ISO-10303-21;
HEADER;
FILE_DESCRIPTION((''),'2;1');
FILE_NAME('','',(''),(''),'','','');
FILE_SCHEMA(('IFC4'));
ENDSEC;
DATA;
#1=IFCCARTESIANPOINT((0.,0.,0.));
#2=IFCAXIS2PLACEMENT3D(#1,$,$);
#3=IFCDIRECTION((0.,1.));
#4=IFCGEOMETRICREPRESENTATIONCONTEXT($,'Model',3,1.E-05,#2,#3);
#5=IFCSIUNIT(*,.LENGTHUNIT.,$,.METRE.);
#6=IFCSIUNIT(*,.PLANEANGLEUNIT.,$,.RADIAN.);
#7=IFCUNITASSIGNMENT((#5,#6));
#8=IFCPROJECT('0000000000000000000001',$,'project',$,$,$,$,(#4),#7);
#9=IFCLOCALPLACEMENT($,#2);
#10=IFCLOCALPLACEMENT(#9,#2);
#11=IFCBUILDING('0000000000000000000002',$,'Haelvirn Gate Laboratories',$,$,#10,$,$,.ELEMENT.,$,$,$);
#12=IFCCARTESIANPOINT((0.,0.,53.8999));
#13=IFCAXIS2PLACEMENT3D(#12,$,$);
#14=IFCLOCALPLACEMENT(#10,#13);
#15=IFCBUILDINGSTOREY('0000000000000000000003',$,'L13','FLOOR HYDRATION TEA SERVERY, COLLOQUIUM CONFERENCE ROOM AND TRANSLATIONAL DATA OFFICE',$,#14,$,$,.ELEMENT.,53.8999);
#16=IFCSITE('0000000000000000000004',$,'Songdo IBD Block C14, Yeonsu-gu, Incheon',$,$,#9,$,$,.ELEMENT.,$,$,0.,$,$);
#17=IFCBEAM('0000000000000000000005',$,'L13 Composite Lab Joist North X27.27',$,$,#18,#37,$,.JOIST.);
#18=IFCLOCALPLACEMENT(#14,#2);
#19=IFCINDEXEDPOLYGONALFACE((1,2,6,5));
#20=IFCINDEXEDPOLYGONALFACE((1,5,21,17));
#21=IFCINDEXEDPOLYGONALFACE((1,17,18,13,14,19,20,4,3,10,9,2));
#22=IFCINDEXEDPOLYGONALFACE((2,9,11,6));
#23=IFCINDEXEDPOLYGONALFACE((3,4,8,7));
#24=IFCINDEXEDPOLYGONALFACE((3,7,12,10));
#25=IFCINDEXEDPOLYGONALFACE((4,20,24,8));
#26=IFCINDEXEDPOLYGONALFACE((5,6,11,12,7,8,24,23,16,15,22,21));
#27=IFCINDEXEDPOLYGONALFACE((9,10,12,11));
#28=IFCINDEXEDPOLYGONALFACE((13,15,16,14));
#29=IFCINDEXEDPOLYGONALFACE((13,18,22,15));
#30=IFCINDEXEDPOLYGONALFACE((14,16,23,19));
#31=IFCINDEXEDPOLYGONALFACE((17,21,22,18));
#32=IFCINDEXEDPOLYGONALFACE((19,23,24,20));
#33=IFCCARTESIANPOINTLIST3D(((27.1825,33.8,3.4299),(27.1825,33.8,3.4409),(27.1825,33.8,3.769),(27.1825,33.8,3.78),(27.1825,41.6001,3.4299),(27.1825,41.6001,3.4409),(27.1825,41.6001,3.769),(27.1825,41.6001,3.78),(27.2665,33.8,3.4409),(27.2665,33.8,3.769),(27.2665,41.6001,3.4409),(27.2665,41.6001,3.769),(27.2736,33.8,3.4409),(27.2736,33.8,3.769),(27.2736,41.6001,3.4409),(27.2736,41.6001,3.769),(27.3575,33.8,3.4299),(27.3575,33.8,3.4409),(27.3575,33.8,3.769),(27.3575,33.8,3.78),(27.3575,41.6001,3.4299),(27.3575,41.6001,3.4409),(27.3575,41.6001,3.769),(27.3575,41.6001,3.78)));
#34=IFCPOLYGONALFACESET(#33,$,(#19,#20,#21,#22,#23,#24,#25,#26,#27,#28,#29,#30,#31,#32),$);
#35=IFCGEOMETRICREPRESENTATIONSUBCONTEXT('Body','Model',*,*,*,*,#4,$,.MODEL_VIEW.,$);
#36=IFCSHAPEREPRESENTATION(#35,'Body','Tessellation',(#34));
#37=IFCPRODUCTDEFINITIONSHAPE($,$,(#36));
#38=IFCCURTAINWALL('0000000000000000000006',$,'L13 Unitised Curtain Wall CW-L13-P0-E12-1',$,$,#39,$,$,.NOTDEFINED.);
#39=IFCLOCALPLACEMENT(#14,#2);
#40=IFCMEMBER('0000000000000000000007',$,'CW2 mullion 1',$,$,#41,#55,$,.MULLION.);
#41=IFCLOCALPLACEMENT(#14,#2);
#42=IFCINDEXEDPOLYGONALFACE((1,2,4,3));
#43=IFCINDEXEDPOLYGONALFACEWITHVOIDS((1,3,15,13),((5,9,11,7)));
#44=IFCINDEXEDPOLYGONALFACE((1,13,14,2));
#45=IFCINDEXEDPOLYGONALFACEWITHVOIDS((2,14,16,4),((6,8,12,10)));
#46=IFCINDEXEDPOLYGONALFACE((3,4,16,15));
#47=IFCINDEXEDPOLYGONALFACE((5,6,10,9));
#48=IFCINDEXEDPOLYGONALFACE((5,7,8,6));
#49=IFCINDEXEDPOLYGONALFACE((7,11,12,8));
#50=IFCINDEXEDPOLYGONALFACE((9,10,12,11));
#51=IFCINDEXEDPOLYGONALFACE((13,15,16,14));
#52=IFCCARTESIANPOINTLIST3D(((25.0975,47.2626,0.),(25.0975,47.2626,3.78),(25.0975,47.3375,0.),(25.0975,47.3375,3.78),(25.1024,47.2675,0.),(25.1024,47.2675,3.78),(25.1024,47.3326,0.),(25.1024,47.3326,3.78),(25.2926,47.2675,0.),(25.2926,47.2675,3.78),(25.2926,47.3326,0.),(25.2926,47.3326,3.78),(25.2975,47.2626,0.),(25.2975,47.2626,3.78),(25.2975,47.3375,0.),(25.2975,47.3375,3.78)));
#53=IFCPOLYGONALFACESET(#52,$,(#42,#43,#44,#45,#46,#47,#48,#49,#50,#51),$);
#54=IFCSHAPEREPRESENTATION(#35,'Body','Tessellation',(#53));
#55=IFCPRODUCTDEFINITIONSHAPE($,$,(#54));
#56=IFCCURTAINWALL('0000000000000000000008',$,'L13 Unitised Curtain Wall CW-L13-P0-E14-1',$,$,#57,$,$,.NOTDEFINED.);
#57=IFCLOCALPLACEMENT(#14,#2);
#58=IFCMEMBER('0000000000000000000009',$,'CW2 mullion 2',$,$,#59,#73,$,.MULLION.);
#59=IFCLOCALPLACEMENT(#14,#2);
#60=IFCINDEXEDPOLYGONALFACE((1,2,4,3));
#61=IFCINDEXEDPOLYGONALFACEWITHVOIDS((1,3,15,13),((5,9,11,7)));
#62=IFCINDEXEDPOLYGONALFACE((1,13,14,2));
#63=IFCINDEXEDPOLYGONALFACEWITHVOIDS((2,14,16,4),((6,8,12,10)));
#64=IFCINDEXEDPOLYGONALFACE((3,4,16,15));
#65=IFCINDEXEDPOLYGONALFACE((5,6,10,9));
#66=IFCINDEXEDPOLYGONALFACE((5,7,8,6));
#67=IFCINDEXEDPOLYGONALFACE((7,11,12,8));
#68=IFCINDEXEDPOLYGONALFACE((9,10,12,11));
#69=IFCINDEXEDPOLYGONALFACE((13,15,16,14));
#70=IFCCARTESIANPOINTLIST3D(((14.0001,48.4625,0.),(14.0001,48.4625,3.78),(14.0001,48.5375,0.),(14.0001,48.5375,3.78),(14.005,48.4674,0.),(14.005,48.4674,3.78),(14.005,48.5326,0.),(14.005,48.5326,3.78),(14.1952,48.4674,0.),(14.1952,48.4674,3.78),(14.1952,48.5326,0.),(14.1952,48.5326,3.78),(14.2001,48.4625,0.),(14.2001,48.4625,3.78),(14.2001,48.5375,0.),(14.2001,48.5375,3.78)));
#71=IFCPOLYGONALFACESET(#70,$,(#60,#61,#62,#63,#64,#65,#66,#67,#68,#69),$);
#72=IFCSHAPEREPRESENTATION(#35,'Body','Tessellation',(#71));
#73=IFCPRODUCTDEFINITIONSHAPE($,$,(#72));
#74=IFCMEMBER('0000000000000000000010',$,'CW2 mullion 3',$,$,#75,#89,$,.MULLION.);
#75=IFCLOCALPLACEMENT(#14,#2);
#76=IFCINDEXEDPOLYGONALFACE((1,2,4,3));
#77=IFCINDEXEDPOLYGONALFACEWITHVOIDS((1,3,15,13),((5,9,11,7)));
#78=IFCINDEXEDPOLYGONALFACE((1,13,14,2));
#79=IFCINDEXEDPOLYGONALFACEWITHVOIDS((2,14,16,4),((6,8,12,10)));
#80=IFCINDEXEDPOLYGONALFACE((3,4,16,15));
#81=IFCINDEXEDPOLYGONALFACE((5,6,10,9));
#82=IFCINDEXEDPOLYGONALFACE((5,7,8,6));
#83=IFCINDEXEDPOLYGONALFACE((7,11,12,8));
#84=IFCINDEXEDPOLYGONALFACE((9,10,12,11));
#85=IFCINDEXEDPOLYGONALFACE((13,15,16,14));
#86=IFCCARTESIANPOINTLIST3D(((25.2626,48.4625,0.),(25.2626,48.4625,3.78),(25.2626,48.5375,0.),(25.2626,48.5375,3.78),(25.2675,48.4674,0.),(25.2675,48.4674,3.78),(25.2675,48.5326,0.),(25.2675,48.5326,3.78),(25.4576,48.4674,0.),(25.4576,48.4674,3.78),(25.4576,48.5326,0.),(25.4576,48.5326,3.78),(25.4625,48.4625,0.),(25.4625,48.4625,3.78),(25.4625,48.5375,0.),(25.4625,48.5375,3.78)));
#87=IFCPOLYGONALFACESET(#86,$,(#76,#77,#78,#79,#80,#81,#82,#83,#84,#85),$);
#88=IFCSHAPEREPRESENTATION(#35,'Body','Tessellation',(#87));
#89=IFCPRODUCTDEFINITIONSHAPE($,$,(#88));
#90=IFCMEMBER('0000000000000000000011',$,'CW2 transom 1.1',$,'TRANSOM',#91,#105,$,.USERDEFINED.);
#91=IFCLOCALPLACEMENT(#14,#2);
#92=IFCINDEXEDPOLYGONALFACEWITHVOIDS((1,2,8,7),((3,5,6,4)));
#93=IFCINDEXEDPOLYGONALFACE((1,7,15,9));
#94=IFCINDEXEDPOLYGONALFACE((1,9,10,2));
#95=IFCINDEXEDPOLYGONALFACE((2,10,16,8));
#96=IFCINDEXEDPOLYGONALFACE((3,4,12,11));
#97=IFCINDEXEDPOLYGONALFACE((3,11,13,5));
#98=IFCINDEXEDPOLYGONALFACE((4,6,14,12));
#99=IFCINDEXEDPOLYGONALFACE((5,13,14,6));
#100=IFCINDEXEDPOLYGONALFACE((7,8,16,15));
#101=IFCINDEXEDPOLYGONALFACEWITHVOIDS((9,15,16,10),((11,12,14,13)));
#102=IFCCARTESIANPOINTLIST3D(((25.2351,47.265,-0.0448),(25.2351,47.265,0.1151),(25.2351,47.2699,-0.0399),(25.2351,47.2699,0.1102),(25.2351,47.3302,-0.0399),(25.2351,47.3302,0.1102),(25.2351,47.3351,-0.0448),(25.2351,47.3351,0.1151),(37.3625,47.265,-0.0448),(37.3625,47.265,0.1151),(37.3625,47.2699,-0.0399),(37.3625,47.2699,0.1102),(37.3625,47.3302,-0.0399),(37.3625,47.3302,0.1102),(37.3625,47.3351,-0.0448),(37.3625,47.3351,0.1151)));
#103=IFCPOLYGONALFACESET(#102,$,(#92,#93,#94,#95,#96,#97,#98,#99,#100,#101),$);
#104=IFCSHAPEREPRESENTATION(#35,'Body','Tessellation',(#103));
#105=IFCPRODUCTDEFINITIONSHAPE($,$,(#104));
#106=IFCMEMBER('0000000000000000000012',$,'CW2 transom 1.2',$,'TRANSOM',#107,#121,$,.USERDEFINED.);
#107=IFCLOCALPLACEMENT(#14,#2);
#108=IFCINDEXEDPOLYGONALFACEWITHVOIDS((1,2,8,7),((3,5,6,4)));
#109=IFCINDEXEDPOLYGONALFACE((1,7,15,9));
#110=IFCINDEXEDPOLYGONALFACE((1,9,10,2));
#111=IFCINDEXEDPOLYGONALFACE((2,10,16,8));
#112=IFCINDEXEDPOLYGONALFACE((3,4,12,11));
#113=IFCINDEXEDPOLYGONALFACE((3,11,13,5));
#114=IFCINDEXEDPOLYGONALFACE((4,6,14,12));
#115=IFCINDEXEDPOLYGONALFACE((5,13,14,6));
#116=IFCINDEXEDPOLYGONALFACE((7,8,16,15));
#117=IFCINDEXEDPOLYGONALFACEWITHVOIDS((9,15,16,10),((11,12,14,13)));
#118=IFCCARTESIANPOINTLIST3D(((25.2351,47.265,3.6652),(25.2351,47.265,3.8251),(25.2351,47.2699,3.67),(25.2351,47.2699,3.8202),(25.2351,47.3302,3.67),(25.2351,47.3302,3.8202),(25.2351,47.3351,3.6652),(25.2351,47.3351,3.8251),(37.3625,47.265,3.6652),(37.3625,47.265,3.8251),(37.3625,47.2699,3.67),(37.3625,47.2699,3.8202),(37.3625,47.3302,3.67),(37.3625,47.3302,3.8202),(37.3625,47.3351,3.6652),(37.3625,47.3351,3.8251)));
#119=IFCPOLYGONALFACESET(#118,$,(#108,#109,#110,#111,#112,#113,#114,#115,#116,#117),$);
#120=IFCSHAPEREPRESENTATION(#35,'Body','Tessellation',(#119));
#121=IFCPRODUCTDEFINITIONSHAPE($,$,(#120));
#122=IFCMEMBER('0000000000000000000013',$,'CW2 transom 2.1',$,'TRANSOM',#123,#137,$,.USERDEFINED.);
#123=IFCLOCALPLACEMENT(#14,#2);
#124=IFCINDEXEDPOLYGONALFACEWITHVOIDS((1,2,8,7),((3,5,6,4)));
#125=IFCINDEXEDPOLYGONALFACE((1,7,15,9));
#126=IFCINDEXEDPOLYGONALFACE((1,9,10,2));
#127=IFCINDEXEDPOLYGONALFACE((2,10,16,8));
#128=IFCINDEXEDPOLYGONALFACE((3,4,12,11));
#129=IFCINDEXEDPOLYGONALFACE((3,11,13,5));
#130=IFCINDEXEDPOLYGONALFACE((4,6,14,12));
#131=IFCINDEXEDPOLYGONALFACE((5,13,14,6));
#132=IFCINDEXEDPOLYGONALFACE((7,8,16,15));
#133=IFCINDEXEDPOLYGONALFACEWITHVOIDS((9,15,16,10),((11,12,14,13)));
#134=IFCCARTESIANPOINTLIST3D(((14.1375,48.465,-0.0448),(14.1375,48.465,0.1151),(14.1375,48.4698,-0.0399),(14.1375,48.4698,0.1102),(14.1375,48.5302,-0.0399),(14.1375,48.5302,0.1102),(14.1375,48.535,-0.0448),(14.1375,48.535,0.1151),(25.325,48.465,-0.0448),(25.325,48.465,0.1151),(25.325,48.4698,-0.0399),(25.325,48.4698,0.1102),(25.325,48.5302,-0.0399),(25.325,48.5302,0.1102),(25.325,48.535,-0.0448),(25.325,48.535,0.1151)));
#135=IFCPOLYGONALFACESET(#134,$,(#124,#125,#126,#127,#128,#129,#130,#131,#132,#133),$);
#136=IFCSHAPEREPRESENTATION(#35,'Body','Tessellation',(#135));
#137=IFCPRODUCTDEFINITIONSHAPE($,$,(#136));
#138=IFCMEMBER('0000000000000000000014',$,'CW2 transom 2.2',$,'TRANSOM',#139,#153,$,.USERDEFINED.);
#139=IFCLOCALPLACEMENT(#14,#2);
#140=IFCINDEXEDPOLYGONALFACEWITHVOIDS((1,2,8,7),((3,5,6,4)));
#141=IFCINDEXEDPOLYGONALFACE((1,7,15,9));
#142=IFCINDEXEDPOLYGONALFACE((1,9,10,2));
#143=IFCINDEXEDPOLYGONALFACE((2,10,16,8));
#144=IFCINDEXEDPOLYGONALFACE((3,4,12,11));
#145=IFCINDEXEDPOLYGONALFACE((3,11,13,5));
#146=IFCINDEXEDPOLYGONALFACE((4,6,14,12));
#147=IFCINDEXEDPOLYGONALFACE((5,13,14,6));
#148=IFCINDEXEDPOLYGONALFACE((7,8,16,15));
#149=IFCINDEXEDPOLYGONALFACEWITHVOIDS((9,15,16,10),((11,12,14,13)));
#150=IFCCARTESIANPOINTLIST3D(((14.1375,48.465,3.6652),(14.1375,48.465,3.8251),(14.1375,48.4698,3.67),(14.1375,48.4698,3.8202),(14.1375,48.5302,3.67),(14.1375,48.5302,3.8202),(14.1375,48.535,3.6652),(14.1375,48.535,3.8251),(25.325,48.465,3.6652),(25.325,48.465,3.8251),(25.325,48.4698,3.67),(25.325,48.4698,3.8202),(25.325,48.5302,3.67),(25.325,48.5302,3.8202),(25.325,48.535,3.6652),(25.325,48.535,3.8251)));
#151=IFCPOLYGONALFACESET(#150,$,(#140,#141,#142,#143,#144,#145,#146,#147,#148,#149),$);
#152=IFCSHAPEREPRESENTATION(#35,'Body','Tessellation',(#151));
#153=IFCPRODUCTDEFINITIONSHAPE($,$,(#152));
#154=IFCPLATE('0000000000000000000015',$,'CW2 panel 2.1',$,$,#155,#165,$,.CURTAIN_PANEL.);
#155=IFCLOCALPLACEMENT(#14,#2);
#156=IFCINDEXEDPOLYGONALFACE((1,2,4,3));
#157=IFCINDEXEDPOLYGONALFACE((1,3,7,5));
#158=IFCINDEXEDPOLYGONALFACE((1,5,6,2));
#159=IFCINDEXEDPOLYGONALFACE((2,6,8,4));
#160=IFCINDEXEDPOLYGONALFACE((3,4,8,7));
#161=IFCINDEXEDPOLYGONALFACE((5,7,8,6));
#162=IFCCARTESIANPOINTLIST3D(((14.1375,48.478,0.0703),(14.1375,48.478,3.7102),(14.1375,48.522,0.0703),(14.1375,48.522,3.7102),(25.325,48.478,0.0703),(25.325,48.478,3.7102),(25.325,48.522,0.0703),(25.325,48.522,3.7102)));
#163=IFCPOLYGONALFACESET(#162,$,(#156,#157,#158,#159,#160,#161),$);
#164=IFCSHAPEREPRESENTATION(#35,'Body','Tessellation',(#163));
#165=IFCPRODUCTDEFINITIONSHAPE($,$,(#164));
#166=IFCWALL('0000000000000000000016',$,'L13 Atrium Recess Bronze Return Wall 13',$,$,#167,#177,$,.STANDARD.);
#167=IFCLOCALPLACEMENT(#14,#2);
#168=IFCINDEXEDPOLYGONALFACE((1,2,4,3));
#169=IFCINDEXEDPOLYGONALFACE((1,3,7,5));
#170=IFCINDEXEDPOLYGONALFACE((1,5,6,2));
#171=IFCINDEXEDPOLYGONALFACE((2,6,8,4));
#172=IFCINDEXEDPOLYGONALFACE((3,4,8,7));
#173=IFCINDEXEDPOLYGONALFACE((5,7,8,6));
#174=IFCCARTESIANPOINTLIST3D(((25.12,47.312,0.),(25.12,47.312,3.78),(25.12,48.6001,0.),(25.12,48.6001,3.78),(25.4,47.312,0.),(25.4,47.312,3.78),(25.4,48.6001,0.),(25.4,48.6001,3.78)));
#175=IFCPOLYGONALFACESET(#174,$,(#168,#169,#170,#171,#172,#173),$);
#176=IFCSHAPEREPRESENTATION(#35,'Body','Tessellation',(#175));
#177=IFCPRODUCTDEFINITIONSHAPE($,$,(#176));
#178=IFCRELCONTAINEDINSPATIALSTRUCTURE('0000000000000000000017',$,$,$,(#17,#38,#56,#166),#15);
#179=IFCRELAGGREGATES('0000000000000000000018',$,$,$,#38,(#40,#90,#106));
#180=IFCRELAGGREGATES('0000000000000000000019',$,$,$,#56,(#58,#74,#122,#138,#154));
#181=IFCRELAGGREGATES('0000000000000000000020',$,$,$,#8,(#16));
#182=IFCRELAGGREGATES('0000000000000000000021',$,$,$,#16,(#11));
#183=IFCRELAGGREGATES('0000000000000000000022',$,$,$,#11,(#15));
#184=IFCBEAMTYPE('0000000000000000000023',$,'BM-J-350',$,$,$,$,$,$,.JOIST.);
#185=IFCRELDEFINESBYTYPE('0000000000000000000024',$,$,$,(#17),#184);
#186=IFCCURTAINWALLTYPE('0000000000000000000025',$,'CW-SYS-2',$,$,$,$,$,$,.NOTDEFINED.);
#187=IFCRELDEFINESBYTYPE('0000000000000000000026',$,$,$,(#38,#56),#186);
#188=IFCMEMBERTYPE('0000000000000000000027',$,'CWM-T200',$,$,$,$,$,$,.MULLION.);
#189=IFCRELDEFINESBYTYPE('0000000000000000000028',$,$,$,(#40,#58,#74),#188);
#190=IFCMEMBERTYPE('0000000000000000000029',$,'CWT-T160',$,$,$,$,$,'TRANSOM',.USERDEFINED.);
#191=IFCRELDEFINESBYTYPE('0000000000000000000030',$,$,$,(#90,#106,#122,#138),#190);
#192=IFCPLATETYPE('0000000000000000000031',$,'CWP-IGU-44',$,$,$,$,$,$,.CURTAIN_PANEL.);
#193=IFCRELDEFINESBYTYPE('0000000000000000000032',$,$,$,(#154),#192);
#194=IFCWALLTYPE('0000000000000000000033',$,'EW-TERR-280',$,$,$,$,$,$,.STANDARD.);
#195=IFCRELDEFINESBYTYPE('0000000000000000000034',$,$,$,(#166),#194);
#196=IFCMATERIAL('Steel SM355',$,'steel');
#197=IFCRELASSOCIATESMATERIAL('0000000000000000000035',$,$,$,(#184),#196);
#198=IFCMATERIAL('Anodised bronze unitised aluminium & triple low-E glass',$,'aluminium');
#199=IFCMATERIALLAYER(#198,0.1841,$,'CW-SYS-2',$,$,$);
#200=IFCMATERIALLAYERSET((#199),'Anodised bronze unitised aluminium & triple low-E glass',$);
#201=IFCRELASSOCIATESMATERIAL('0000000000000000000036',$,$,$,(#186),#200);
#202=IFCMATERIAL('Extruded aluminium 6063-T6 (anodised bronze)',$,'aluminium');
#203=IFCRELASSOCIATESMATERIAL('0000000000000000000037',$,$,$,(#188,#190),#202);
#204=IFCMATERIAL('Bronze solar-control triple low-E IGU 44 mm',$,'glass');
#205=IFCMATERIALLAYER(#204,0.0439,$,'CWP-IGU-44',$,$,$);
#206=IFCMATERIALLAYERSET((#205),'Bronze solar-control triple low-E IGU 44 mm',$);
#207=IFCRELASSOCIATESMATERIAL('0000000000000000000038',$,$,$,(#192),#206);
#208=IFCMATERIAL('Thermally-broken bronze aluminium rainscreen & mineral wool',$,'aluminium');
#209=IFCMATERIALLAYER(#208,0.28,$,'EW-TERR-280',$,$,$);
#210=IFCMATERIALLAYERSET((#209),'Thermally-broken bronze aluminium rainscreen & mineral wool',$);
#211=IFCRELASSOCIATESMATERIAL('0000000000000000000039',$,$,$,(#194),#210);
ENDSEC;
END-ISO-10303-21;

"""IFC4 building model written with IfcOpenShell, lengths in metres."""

from ifc_helpers import new_model, si_unit, direction, frame, frame_2d, origin, origin_2d, place, context, subcontext, project, spatial, rectangle, hollow_rectangle, i_section, extrude, source, transform, mapped, material, layer, layer_set, material_profile, profile_set, type_object, type_shapes, element, aggregate, save


model = new_model("IFC4")

# Units and contexts
model_context = context("Model", 3, precision=1e-05, world=origin(), true_north=direction((0.0, 1.0)))
body_context = subcontext(model_context, "Body", "Model", "MODEL_VIEW")
ifc_project = project(units=[si_unit("LENGTHUNIT", "METRE"), si_unit("PLANEANGLEUNIT", "RADIAN")], contexts=[model_context])

# Site, building, storey
site_placement = place(None, origin())
site = spatial("IfcSite", under=ifc_project, at=site_placement, Name="Songdo IBD Block C14, Yeonsu-gu, Incheon", CompositionType="ELEMENT", RefElevation=0.0)
building_placement = place(site_placement, origin())
building = spatial("IfcBuilding", under=site, at=building_placement, Name="Haelvirn Gate Laboratories", CompositionType="ELEMENT")
storey_placement = place(building_placement, frame((0.0, 0.0, 53.8999)))
storey = spatial("IfcBuildingStorey", under=building, at=storey_placement, Name="L13", Description="FLOOR HYDRATION TEA SERVERY, COLLOQUIUM CONFERENCE ROOM AND TRANSLATIONAL DATA OFFICE", CompositionType="ELEMENT", Elevation=53.8999)

# Beam
ifc_material_1 = material(Name="Steel SM355", Category="steel")
ifc_material_profile_1 = material_profile(ifc_material_1, i_section(OverallWidth=0.175, OverallDepth=0.3501, WebThickness=0.0071, FlangeThickness=0.011, at=origin_2d()), Name="H-350x175x7x11")
ifc_profile_set_1 = profile_set([ifc_material_profile_1], Name="Steel SM355")
beam_type_1 = type_object("IfcBeamType", Name="BM-J-350", PredefinedType="JOIST", material=ifc_profile_set_1)
shared_shape_1 = source(origin(), body_context, "Body", "SweptSolid", [
    extrude(i_section(OverallWidth=0.175, OverallDepth=0.3501, WebThickness=0.0071, FlangeThickness=0.011, at=origin_2d()), origin(), (0.0, 0.0, 1.0), 7.8),
])
type_shapes(beam_type_1, [shared_shape_1])
for number, where, z_axis, x_axis, name in (
    (1, (27.27, 33.8, 3.605), (0.0, 1.0, 0.0), (-1.0, 0.0, 0.0), "L13 Composite Lab Joist North X27.27"),
):
    element("IfcBeam", number, at=place(storey_placement, frame(where, z_axis=z_axis, x_axis=x_axis)), inside=storey, type_object=beam_type_1, Name=name, PredefinedType="JOIST", context=body_context, shape_type="MappedRepresentation", body=[
        mapped(shared_shape_1, transform((0.0, 0.0, 0.0), scale=1.0)),
    ])

# Curtain wall, member
ifc_material_2 = material(Name="Anodised bronze unitised aluminium & triple low-E glass", Category="aluminium")
ifc_layer_1 = layer(ifc_material_2, 0.1841, Name="CW-SYS-2")
ifc_layer_set_1 = layer_set([ifc_layer_1], Name="Anodised bronze unitised aluminium & triple low-E glass")
curtain_wall_type = type_object("IfcCurtainWallType", Name="CW-SYS-2", PredefinedType="NOTDEFINED", material=ifc_layer_set_1)
curtain_wall_1_placement = place(storey_placement, origin())
curtain_wall_1 = element("IfcCurtainWall", 2, at=curtain_wall_1_placement, inside=storey, type_object=curtain_wall_type, Name="L13 Unitised Curtain Wall CW-L13-P0-E12-1", PredefinedType="NOTDEFINED")
ifc_material_3 = material(Name="Extruded aluminium 6063-T6 (anodised bronze)", Category="aluminium")
ifc_material_profile_2 = material_profile(ifc_material_3, hollow_rectangle(XDim=0.075, YDim=0.2, WallThickness=0.0049, at=origin_2d()), Name="CWM-200x75x5")
ifc_profile_set_2 = profile_set([ifc_material_profile_2], Name="Extruded aluminium 6063-T6 (anodised bronze)")
member_type_1 = type_object("IfcMemberType", Name="CWM-T200", PredefinedType="MULLION", material=ifc_profile_set_2)
shared_shape_2 = source(origin(), body_context, "Body", "SweptSolid", [
    extrude(hollow_rectangle(XDim=0.075, YDim=0.2, WallThickness=0.0049, at=origin_2d()), origin(), (0.0, 0.0, 1.0), 3.78),
])
type_shapes(member_type_1, [shared_shape_2])
member_1_placement = place(storey_placement, frame((25.1975, 47.3, 0.0), z_axis=(0.0, 0.0, 1.0), x_axis=(0.0, 1.0, 0.0)))
member_1 = element("IfcMember", 3, at=member_1_placement, type_object=member_type_1, Name="CW2 mullion 1", PredefinedType="MULLION", context=body_context, shape_type="MappedRepresentation", body=[
    mapped(shared_shape_2, transform((0.0, 0.0, 0.0), scale=1.0)),
])

# Curtain wall, members
curtain_wall_2_placement = place(storey_placement, origin())
curtain_wall_2 = element("IfcCurtainWall", 4, at=curtain_wall_2_placement, inside=storey, type_object=curtain_wall_type, Name="L13 Unitised Curtain Wall CW-L13-P0-E14-1", PredefinedType="NOTDEFINED")
member_2_placement = place(storey_placement, frame((14.1001, 48.5, 0.0), z_axis=(0.0, 0.0, 1.0), x_axis=(0.0, 1.0, 0.0)))
member_2 = element("IfcMember", 5, at=member_2_placement, type_object=member_type_1, Name="CW2 mullion 2", PredefinedType="MULLION", context=body_context, shape_type="MappedRepresentation", body=[
    mapped(shared_shape_2, transform((0.0, 0.0, 0.0), scale=1.0)),
])
member_3_placement = place(storey_placement, frame((25.3625, 48.5, 0.0), z_axis=(0.0, 0.0, 1.0), x_axis=(0.0, 1.0, 0.0)))
member_3 = element("IfcMember", 6, at=member_3_placement, type_object=member_type_1, Name="CW2 mullion 3", PredefinedType="MULLION", context=body_context, shape_type="MappedRepresentation", body=[
    mapped(shared_shape_2, transform((0.0, 0.0, 0.0), scale=1.0)),
])

# Members
ifc_material_profile_3 = material_profile(ifc_material_3, hollow_rectangle(XDim=0.0701, YDim=0.1599, WallThickness=0.0049, at=origin_2d()), Name="CWT-160x70x5")
ifc_profile_set_3 = profile_set([ifc_material_profile_3], Name="Extruded aluminium 6063-T6 (anodised bronze)")
member_type_2 = type_object("IfcMemberType", Name="CWT-T160", ElementType="TRANSOM", PredefinedType="USERDEFINED", material=ifc_profile_set_3)
shared_shape_3 = source(origin(), body_context, "Body", "SweptSolid", [
    extrude(hollow_rectangle(XDim=0.0701, YDim=0.1599, WallThickness=0.0049, at=origin_2d()), origin(), (0.0, 0.0, 1.0), 12.1274),
])
member_4_placement = place(storey_placement, frame((25.2351, 47.3, 0.0352), z_axis=(1.0, 0.0, 0.0), x_axis=(0.0, 1.0, 0.0)))
member_4 = element("IfcMember", 7, at=member_4_placement, type_object=member_type_2, Name="CW2 transom 1.1", ObjectType="TRANSOM", PredefinedType="USERDEFINED", context=body_context, shape_type="MappedRepresentation", body=[
    mapped(shared_shape_3, transform((0.0, 0.0, 0.0), scale=1.0)),
])
member_5_placement = place(storey_placement, frame((25.2351, 47.3, 3.7451), z_axis=(1.0, 0.0, 0.0), x_axis=(0.0, 1.0, 0.0)))
member_5 = element("IfcMember", 8, at=member_5_placement, type_object=member_type_2, Name="CW2 transom 1.2", ObjectType="TRANSOM", PredefinedType="USERDEFINED", context=body_context, shape_type="MappedRepresentation", body=[
    mapped(shared_shape_3, transform((0.0, 0.0, 0.0), scale=1.0)),
])
aggregate(curtain_wall_1, [member_1, member_4, member_5])
shared_shape_4 = source(origin(), body_context, "Body", "SweptSolid", [
    extrude(hollow_rectangle(XDim=0.0701, YDim=0.1599, WallThickness=0.0049, at=origin_2d()), origin(), (0.0, 0.0, 1.0), 11.1875),
])
type_shapes(member_type_2, [shared_shape_3, shared_shape_4])
member_6_placement = place(storey_placement, frame((14.1375, 48.5, 0.0352), z_axis=(1.0, 0.0, 0.0), x_axis=(0.0, 1.0, 0.0)))
member_6 = element("IfcMember", 9, at=member_6_placement, type_object=member_type_2, Name="CW2 transom 2.1", ObjectType="TRANSOM", PredefinedType="USERDEFINED", context=body_context, shape_type="MappedRepresentation", body=[
    mapped(shared_shape_4, transform((0.0, 0.0, 0.0), scale=1.0)),
])
member_7_placement = place(storey_placement, frame((14.1375, 48.5, 3.7451), z_axis=(1.0, 0.0, 0.0), x_axis=(0.0, 1.0, 0.0)))
member_7 = element("IfcMember", 10, at=member_7_placement, type_object=member_type_2, Name="CW2 transom 2.2", ObjectType="TRANSOM", PredefinedType="USERDEFINED", context=body_context, shape_type="MappedRepresentation", body=[
    mapped(shared_shape_4, transform((0.0, 0.0, 0.0), scale=1.0)),
])

# Plate
ifc_material_4 = material(Name="Bronze solar-control triple low-E IGU 44 mm", Category="glass")
ifc_layer_2 = layer(ifc_material_4, 0.0439, Name="CWP-IGU-44")
ifc_layer_set_2 = layer_set([ifc_layer_2], Name="Bronze solar-control triple low-E IGU 44 mm")
plate_type = type_object("IfcPlateType", Name="CWP-IGU-44", PredefinedType="CURTAIN_PANEL", material=ifc_layer_set_2)
shared_shape_5 = source(origin(), body_context, "Body", "SweptSolid", [
    extrude(rectangle(XDim=11.1875, YDim=0.0439, at=origin_2d()), origin(), (0.0, 0.0, 1.0), 3.6399),
])
type_shapes(plate_type, [shared_shape_5])
plate_placement = place(storey_placement, frame((19.7312, 48.5, 0.0703), z_axis=(0.0, 0.0, 1.0), x_axis=(1.0, 0.0, 0.0)))
plate = element("IfcPlate", 11, at=plate_placement, type_object=plate_type, Name="CW2 panel 2.1", PredefinedType="CURTAIN_PANEL", context=body_context, shape_type="MappedRepresentation", body=[
    mapped(shared_shape_5, transform((0.0, 0.0, 0.0), scale=1.0)),
])
aggregate(curtain_wall_2, [member_2, member_3, member_6, member_7, plate])

# Wall
ifc_material_5 = material(Name="Thermally-broken bronze aluminium rainscreen & mineral wool", Category="aluminium")
ifc_layer_3 = layer(ifc_material_5, 0.28, Name="EW-TERR-280")
ifc_layer_set_3 = layer_set([ifc_layer_3], Name="Thermally-broken bronze aluminium rainscreen & mineral wool")
wall_type_1 = type_object("IfcWallType", Name="EW-TERR-280", PredefinedType="STANDARD", material=ifc_layer_set_3)
wall_1_placement = place(storey_placement, frame((25.26, 47.312, 0.0), z_axis=(0.0, 0.0, 1.0), x_axis=(0.0, 1.0, 0.0)))
element("IfcWall", 12, at=wall_1_placement, inside=storey, type_object=wall_type_1, Name="L13 Atrium Recess Bronze Return Wall 13", PredefinedType="STANDARD", context=body_context, shape_type="SweptSolid", body=[
    extrude(rectangle(XDim=1.2881, YDim=0.28, at=frame_2d((0.644, 0.0))), origin(), (0.0, 0.0, 1.0), 3.78),
])

save(model, "model.ifc")
